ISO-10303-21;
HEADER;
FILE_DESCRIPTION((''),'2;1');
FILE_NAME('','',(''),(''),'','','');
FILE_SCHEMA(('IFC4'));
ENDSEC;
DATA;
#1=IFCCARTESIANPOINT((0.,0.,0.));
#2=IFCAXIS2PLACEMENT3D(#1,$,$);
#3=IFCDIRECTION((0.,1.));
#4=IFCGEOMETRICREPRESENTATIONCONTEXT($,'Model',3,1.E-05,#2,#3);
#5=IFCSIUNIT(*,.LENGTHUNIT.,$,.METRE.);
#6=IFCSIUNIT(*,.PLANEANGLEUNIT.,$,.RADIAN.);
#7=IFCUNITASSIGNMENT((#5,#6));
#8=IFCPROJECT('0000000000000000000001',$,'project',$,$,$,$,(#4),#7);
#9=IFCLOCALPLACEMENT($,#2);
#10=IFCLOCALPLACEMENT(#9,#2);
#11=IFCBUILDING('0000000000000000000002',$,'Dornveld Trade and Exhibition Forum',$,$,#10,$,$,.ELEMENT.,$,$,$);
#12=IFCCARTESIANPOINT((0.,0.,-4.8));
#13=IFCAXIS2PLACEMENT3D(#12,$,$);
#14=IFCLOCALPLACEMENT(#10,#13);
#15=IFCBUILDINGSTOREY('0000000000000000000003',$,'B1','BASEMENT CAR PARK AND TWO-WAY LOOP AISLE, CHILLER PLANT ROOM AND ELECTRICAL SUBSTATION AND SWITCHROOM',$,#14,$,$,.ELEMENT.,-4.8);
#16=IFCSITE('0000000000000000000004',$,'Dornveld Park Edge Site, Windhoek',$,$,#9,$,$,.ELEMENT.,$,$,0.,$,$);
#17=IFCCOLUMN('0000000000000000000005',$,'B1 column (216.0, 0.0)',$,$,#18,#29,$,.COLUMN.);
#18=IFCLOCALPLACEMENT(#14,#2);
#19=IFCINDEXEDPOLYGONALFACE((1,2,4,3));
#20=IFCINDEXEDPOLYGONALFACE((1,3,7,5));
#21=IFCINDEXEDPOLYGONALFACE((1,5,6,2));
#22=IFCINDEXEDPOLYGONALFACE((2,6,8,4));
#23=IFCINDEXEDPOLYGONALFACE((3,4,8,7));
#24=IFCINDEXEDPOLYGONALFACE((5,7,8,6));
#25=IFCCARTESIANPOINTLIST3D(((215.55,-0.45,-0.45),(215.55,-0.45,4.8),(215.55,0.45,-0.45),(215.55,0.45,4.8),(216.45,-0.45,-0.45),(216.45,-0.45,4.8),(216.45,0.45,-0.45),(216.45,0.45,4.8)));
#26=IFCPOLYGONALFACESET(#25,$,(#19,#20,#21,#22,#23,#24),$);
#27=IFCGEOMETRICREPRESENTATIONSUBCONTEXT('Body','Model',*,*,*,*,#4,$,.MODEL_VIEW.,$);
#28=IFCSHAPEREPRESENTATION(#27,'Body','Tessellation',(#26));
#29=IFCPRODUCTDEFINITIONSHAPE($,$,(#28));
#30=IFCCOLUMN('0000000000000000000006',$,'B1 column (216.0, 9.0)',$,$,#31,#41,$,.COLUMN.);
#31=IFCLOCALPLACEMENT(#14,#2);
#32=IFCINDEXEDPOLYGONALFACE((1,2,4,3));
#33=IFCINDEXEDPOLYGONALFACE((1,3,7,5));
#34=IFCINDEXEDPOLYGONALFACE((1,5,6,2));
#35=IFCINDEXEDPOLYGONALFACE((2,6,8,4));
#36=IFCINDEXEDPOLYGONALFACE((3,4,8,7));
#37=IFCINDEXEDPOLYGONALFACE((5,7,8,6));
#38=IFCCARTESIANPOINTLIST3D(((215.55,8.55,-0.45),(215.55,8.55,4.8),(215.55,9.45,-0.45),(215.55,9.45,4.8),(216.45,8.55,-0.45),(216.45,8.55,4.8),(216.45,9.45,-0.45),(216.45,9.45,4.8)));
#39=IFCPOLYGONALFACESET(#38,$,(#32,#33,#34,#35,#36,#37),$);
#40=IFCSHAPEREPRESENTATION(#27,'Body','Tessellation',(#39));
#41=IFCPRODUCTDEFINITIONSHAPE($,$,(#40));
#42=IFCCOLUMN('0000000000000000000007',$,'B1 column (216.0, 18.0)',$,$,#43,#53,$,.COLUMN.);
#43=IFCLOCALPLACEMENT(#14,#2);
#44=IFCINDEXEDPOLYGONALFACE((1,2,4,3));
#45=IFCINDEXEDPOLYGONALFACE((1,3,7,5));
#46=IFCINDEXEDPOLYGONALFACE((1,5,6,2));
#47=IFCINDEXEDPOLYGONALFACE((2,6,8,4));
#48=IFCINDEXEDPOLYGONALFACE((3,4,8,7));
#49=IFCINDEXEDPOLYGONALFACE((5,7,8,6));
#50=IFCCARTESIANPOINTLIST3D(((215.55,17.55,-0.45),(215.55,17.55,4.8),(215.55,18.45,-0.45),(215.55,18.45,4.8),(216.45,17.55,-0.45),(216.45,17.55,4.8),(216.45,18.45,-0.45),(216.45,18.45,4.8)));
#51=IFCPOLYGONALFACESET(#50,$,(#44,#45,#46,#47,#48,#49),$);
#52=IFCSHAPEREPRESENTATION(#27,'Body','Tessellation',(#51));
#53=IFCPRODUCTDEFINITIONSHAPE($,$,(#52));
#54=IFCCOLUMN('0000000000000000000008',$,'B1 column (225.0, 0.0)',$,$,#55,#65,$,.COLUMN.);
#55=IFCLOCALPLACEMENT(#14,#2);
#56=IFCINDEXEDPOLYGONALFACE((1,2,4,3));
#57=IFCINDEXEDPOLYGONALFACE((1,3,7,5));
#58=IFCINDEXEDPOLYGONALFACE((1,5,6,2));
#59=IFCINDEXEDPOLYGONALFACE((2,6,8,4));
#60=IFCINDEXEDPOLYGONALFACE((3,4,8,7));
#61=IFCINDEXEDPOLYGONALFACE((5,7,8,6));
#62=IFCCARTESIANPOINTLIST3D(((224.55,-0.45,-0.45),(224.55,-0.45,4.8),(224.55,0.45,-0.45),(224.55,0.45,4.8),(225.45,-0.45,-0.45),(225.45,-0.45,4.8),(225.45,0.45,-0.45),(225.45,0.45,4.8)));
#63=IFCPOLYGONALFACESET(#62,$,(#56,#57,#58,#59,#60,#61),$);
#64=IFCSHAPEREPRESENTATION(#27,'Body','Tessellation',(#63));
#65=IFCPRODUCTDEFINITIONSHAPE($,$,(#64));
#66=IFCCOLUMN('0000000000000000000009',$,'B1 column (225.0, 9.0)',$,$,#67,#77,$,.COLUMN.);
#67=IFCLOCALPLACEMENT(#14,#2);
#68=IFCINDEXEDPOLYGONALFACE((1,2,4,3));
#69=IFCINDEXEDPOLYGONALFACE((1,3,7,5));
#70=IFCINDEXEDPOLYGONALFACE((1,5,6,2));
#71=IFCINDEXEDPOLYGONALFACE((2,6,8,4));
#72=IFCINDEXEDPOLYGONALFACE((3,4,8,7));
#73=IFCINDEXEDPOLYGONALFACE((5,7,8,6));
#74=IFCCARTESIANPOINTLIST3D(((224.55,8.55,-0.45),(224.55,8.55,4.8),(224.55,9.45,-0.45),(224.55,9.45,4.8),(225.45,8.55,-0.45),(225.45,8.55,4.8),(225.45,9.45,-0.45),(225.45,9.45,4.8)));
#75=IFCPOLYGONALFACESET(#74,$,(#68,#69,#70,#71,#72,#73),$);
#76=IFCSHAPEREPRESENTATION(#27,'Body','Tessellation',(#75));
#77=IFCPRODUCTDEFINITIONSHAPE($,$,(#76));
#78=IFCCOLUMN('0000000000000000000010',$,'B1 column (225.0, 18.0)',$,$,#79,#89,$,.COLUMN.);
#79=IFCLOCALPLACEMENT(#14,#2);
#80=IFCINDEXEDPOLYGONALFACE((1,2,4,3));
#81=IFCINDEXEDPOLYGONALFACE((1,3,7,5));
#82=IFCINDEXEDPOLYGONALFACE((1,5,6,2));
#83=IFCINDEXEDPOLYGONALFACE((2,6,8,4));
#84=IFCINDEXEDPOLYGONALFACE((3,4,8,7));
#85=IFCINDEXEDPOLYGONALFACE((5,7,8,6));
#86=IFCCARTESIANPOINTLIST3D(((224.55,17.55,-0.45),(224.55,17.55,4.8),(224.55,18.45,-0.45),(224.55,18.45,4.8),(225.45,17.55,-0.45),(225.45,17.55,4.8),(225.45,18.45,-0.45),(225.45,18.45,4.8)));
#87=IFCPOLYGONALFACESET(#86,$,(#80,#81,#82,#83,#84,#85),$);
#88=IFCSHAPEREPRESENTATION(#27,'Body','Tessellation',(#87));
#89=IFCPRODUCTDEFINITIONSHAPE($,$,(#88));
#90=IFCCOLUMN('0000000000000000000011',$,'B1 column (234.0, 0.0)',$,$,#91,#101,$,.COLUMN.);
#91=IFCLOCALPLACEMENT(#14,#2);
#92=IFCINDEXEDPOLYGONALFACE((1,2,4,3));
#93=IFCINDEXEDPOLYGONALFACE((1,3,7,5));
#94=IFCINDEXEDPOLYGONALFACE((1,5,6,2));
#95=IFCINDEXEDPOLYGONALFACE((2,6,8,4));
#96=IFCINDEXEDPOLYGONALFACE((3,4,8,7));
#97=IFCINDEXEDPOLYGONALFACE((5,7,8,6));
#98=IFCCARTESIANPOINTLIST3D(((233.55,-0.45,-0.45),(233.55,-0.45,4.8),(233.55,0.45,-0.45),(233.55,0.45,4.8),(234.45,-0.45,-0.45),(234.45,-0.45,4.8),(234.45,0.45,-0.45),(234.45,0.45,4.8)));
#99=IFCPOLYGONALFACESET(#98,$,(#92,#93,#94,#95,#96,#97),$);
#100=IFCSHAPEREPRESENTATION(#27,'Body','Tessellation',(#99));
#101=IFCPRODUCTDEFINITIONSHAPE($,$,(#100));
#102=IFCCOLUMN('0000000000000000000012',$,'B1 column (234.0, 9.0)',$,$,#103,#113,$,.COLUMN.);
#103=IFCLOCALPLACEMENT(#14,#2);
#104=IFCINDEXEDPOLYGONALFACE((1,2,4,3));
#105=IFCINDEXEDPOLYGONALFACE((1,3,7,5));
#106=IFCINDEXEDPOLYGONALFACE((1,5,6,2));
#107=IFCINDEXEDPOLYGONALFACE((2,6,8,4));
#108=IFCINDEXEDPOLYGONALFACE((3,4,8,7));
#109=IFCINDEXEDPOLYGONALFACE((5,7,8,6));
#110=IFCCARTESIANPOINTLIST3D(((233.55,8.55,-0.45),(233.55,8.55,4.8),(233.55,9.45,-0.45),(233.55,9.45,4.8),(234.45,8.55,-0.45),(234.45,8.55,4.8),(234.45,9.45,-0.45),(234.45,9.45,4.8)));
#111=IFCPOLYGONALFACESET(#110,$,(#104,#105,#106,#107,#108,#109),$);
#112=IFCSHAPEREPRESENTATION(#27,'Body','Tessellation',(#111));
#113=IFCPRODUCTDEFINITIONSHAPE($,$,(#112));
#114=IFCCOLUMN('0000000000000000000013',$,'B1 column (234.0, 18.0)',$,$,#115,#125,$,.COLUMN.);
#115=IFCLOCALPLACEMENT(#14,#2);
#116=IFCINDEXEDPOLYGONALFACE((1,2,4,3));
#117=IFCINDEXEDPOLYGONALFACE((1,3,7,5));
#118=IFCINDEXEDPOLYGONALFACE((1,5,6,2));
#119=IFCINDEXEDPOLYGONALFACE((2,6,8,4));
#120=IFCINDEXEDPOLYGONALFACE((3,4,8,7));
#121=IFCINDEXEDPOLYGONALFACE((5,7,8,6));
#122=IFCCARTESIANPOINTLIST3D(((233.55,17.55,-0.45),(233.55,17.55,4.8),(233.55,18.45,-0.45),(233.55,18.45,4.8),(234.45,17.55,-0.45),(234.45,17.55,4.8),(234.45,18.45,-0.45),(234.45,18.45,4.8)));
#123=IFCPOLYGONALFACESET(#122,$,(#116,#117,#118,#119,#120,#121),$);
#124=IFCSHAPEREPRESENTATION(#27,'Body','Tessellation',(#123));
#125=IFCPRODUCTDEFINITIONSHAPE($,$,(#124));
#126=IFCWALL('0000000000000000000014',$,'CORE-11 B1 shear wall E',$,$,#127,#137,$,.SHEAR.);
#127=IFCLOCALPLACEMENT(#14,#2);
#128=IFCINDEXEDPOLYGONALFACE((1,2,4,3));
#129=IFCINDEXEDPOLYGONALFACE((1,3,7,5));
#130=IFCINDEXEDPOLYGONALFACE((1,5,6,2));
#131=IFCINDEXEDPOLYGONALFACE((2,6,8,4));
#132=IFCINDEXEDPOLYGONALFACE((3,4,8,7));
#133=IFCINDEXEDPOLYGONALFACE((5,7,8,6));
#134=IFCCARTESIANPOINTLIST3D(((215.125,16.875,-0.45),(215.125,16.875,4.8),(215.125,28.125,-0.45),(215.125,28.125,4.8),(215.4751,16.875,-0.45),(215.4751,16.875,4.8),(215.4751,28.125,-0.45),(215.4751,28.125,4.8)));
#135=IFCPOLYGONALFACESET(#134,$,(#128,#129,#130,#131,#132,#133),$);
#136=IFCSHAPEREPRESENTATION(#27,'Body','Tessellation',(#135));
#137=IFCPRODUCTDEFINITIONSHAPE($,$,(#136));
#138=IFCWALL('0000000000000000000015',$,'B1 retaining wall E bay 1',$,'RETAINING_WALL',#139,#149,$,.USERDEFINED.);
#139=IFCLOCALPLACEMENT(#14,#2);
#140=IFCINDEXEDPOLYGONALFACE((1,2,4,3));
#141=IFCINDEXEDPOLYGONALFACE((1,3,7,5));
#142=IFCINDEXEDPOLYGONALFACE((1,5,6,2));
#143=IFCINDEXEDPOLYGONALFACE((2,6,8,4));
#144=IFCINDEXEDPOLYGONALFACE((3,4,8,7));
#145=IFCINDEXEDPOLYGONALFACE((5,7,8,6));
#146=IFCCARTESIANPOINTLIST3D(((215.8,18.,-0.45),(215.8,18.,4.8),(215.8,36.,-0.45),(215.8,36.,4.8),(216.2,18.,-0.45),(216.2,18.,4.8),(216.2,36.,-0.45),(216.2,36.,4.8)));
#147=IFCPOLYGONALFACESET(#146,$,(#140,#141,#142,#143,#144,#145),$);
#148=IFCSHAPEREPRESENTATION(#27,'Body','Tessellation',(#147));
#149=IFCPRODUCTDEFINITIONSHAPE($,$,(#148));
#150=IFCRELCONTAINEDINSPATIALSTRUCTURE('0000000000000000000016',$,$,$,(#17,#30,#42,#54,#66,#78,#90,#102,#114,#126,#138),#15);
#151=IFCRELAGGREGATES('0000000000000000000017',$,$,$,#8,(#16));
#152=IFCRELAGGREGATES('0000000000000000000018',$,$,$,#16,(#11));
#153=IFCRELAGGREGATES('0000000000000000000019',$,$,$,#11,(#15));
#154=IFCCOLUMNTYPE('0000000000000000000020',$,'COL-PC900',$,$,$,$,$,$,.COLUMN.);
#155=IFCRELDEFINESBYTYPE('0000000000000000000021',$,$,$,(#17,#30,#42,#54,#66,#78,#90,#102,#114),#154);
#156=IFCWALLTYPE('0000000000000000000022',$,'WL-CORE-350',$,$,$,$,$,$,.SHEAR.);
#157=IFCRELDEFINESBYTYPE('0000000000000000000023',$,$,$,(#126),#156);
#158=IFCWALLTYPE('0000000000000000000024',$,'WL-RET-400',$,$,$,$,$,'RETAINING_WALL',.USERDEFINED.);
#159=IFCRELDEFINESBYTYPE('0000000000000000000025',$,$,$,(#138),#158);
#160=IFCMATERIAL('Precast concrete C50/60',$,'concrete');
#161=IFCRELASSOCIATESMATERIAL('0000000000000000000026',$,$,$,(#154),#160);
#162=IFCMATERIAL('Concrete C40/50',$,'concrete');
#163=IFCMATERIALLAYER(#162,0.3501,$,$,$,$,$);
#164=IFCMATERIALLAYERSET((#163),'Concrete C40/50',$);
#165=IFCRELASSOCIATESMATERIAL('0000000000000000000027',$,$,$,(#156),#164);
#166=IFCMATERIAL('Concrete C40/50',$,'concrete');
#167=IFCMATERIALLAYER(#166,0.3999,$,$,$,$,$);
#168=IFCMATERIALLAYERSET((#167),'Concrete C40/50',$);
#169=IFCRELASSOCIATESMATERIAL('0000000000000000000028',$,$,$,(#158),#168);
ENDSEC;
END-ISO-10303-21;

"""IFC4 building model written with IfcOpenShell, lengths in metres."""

from ifc_helpers import new_model, si_unit, direction, frame, frame_2d, origin, origin_2d, place, context, subcontext, project, spatial, rectangle, extrude, material, layer, layer_set, material_profile, profile_set, type_object, element, save


model = new_model("IFC4")

# Units and contexts
model_context = context("Model", 3, precision=1e-05, world=origin(), true_north=direction((0.0, 1.0)))
body_context = subcontext(model_context, "Body", "Model", "MODEL_VIEW")
ifc_project = project(units=[si_unit("LENGTHUNIT", "METRE"), si_unit("PLANEANGLEUNIT", "RADIAN")], contexts=[model_context])

# Site, building, storey
site_placement = place(None, origin())
site = spatial("IfcSite", under=ifc_project, at=site_placement, Name="Dornveld Park Edge Site, Windhoek", CompositionType="ELEMENT", RefElevation=0.0)
building_placement = place(site_placement, origin())
building = spatial("IfcBuilding", under=site, at=building_placement, Name="Dornveld Trade and Exhibition Forum", CompositionType="ELEMENT")
storey_placement = place(building_placement, frame((0.0, 0.0, -4.8)))
storey = spatial("IfcBuildingStorey", under=building, at=storey_placement, Name="B1", Description="BASEMENT CAR PARK AND TWO-WAY LOOP AISLE, CHILLER PLANT ROOM AND ELECTRICAL SUBSTATION AND SWITCHROOM", CompositionType="ELEMENT", Elevation=-4.8)

# Columns
ifc_material_1 = material(Name="Precast concrete C50/60", Category="concrete")
ifc_material_profile_1 = material_profile(ifc_material_1, rectangle(XDim=0.8999, YDim=0.8999, at=origin_2d()), Name="PC-COL 900x900")
ifc_profile_set_1 = profile_set([ifc_material_profile_1], Name="Precast concrete C50/60")
column_type_1 = type_object("IfcColumnType", Name="COL-PC900", PredefinedType="COLUMN", material=ifc_profile_set_1)
for number, where, z_axis, x_axis, name in (
    (1, (216.0, 0.0, -0.45), (0.0, 0.0, 1.0), (1.0, 0.0, 0.0), "B1 column (216.0, 0.0)"),
    (2, (216.0, 9.0, -0.45), (0.0, 0.0, 1.0), (1.0, 0.0, 0.0), "B1 column (216.0, 9.0)"),
    (3, (216.0, 18.0, -0.45), (0.0, 0.0, 1.0), (1.0, 0.0, 0.0), "B1 column (216.0, 18.0)"),
    (4, (225.0, 0.0, -0.45), (0.0, 0.0, 1.0), (1.0, 0.0, 0.0), "B1 column (225.0, 0.0)"),
    (5, (225.0, 9.0, -0.45), (0.0, 0.0, 1.0), (1.0, 0.0, 0.0), "B1 column (225.0, 9.0)"),
    (6, (225.0, 18.0, -0.45), (0.0, 0.0, 1.0), (1.0, 0.0, 0.0), "B1 column (225.0, 18.0)"),
    (7, (234.0, 0.0, -0.45), (0.0, 0.0, 1.0), (1.0, 0.0, 0.0), "B1 column (234.0, 0.0)"),
    (8, (234.0, 9.0, -0.45), (0.0, 0.0, 1.0), (1.0, 0.0, 0.0), "B1 column (234.0, 9.0)"),
    (9, (234.0, 18.0, -0.45), (0.0, 0.0, 1.0), (1.0, 0.0, 0.0), "B1 column (234.0, 18.0)"),
):
    element("IfcColumn", number, at=place(storey_placement, frame(where, z_axis=z_axis, x_axis=x_axis)), inside=storey, type_object=column_type_1, Name=name, PredefinedType="COLUMN", context=body_context, shape_type="SweptSolid", body=[
        extrude(rectangle(XDim=0.8999, YDim=0.8999, at=origin_2d()), origin(), (0.0, 0.0, 1.0), 5.25),
    ])

# Walls
ifc_material_2 = material(Name="Concrete C40/50", Category="concrete")
ifc_layer_1 = layer(ifc_material_2, 0.3501)
ifc_layer_set_1 = layer_set([ifc_layer_1], Name="Concrete C40/50")
wall_type_1 = type_object("IfcWallType", Name="WL-CORE-350", PredefinedType="SHEAR", material=ifc_layer_set_1)
wall_1_placement = place(storey_placement, frame((215.3, 16.875, -0.45), z_axis=(0.0, 0.0, 1.0), x_axis=(0.0, 1.0, 0.0)))
element("IfcWall", 10, at=wall_1_placement, inside=storey, type_object=wall_type_1, Name="CORE-11 B1 shear wall E", PredefinedType="SHEAR", context=body_context, shape_type="SweptSolid", body=[
    extrude(rectangle(XDim=11.25, YDim=0.3501, at=frame_2d((5.625, 0.0))), origin(), (0.0, 0.0, 1.0), 5.25),
])
ifc_material_3 = material(Name="Concrete C40/50", Category="concrete")
ifc_layer_2 = layer(ifc_material_3, 0.3999)
ifc_layer_set_2 = layer_set([ifc_layer_2], Name="Concrete C40/50")
wall_type_2 = type_object("IfcWallType", Name="WL-RET-400", ElementType="RETAINING_WALL", PredefinedType="USERDEFINED", material=ifc_layer_set_2)
wall_2_placement = place(storey_placement, frame((216.0, 18.0, -0.45), z_axis=(0.0, 0.0, 1.0), x_axis=(0.0, 1.0, 0.0)))
element("IfcWall", 11, at=wall_2_placement, inside=storey, type_object=wall_type_2, Name="B1 retaining wall E bay 1", ObjectType="RETAINING_WALL", PredefinedType="USERDEFINED", context=body_context, shape_type="SweptSolid", body=[
    extrude(rectangle(XDim=18.0, YDim=0.3999, at=frame_2d((9.0, 0.0))), origin(), (0.0, 0.0, 1.0), 5.25),
])

save(model, "model.ifc")
